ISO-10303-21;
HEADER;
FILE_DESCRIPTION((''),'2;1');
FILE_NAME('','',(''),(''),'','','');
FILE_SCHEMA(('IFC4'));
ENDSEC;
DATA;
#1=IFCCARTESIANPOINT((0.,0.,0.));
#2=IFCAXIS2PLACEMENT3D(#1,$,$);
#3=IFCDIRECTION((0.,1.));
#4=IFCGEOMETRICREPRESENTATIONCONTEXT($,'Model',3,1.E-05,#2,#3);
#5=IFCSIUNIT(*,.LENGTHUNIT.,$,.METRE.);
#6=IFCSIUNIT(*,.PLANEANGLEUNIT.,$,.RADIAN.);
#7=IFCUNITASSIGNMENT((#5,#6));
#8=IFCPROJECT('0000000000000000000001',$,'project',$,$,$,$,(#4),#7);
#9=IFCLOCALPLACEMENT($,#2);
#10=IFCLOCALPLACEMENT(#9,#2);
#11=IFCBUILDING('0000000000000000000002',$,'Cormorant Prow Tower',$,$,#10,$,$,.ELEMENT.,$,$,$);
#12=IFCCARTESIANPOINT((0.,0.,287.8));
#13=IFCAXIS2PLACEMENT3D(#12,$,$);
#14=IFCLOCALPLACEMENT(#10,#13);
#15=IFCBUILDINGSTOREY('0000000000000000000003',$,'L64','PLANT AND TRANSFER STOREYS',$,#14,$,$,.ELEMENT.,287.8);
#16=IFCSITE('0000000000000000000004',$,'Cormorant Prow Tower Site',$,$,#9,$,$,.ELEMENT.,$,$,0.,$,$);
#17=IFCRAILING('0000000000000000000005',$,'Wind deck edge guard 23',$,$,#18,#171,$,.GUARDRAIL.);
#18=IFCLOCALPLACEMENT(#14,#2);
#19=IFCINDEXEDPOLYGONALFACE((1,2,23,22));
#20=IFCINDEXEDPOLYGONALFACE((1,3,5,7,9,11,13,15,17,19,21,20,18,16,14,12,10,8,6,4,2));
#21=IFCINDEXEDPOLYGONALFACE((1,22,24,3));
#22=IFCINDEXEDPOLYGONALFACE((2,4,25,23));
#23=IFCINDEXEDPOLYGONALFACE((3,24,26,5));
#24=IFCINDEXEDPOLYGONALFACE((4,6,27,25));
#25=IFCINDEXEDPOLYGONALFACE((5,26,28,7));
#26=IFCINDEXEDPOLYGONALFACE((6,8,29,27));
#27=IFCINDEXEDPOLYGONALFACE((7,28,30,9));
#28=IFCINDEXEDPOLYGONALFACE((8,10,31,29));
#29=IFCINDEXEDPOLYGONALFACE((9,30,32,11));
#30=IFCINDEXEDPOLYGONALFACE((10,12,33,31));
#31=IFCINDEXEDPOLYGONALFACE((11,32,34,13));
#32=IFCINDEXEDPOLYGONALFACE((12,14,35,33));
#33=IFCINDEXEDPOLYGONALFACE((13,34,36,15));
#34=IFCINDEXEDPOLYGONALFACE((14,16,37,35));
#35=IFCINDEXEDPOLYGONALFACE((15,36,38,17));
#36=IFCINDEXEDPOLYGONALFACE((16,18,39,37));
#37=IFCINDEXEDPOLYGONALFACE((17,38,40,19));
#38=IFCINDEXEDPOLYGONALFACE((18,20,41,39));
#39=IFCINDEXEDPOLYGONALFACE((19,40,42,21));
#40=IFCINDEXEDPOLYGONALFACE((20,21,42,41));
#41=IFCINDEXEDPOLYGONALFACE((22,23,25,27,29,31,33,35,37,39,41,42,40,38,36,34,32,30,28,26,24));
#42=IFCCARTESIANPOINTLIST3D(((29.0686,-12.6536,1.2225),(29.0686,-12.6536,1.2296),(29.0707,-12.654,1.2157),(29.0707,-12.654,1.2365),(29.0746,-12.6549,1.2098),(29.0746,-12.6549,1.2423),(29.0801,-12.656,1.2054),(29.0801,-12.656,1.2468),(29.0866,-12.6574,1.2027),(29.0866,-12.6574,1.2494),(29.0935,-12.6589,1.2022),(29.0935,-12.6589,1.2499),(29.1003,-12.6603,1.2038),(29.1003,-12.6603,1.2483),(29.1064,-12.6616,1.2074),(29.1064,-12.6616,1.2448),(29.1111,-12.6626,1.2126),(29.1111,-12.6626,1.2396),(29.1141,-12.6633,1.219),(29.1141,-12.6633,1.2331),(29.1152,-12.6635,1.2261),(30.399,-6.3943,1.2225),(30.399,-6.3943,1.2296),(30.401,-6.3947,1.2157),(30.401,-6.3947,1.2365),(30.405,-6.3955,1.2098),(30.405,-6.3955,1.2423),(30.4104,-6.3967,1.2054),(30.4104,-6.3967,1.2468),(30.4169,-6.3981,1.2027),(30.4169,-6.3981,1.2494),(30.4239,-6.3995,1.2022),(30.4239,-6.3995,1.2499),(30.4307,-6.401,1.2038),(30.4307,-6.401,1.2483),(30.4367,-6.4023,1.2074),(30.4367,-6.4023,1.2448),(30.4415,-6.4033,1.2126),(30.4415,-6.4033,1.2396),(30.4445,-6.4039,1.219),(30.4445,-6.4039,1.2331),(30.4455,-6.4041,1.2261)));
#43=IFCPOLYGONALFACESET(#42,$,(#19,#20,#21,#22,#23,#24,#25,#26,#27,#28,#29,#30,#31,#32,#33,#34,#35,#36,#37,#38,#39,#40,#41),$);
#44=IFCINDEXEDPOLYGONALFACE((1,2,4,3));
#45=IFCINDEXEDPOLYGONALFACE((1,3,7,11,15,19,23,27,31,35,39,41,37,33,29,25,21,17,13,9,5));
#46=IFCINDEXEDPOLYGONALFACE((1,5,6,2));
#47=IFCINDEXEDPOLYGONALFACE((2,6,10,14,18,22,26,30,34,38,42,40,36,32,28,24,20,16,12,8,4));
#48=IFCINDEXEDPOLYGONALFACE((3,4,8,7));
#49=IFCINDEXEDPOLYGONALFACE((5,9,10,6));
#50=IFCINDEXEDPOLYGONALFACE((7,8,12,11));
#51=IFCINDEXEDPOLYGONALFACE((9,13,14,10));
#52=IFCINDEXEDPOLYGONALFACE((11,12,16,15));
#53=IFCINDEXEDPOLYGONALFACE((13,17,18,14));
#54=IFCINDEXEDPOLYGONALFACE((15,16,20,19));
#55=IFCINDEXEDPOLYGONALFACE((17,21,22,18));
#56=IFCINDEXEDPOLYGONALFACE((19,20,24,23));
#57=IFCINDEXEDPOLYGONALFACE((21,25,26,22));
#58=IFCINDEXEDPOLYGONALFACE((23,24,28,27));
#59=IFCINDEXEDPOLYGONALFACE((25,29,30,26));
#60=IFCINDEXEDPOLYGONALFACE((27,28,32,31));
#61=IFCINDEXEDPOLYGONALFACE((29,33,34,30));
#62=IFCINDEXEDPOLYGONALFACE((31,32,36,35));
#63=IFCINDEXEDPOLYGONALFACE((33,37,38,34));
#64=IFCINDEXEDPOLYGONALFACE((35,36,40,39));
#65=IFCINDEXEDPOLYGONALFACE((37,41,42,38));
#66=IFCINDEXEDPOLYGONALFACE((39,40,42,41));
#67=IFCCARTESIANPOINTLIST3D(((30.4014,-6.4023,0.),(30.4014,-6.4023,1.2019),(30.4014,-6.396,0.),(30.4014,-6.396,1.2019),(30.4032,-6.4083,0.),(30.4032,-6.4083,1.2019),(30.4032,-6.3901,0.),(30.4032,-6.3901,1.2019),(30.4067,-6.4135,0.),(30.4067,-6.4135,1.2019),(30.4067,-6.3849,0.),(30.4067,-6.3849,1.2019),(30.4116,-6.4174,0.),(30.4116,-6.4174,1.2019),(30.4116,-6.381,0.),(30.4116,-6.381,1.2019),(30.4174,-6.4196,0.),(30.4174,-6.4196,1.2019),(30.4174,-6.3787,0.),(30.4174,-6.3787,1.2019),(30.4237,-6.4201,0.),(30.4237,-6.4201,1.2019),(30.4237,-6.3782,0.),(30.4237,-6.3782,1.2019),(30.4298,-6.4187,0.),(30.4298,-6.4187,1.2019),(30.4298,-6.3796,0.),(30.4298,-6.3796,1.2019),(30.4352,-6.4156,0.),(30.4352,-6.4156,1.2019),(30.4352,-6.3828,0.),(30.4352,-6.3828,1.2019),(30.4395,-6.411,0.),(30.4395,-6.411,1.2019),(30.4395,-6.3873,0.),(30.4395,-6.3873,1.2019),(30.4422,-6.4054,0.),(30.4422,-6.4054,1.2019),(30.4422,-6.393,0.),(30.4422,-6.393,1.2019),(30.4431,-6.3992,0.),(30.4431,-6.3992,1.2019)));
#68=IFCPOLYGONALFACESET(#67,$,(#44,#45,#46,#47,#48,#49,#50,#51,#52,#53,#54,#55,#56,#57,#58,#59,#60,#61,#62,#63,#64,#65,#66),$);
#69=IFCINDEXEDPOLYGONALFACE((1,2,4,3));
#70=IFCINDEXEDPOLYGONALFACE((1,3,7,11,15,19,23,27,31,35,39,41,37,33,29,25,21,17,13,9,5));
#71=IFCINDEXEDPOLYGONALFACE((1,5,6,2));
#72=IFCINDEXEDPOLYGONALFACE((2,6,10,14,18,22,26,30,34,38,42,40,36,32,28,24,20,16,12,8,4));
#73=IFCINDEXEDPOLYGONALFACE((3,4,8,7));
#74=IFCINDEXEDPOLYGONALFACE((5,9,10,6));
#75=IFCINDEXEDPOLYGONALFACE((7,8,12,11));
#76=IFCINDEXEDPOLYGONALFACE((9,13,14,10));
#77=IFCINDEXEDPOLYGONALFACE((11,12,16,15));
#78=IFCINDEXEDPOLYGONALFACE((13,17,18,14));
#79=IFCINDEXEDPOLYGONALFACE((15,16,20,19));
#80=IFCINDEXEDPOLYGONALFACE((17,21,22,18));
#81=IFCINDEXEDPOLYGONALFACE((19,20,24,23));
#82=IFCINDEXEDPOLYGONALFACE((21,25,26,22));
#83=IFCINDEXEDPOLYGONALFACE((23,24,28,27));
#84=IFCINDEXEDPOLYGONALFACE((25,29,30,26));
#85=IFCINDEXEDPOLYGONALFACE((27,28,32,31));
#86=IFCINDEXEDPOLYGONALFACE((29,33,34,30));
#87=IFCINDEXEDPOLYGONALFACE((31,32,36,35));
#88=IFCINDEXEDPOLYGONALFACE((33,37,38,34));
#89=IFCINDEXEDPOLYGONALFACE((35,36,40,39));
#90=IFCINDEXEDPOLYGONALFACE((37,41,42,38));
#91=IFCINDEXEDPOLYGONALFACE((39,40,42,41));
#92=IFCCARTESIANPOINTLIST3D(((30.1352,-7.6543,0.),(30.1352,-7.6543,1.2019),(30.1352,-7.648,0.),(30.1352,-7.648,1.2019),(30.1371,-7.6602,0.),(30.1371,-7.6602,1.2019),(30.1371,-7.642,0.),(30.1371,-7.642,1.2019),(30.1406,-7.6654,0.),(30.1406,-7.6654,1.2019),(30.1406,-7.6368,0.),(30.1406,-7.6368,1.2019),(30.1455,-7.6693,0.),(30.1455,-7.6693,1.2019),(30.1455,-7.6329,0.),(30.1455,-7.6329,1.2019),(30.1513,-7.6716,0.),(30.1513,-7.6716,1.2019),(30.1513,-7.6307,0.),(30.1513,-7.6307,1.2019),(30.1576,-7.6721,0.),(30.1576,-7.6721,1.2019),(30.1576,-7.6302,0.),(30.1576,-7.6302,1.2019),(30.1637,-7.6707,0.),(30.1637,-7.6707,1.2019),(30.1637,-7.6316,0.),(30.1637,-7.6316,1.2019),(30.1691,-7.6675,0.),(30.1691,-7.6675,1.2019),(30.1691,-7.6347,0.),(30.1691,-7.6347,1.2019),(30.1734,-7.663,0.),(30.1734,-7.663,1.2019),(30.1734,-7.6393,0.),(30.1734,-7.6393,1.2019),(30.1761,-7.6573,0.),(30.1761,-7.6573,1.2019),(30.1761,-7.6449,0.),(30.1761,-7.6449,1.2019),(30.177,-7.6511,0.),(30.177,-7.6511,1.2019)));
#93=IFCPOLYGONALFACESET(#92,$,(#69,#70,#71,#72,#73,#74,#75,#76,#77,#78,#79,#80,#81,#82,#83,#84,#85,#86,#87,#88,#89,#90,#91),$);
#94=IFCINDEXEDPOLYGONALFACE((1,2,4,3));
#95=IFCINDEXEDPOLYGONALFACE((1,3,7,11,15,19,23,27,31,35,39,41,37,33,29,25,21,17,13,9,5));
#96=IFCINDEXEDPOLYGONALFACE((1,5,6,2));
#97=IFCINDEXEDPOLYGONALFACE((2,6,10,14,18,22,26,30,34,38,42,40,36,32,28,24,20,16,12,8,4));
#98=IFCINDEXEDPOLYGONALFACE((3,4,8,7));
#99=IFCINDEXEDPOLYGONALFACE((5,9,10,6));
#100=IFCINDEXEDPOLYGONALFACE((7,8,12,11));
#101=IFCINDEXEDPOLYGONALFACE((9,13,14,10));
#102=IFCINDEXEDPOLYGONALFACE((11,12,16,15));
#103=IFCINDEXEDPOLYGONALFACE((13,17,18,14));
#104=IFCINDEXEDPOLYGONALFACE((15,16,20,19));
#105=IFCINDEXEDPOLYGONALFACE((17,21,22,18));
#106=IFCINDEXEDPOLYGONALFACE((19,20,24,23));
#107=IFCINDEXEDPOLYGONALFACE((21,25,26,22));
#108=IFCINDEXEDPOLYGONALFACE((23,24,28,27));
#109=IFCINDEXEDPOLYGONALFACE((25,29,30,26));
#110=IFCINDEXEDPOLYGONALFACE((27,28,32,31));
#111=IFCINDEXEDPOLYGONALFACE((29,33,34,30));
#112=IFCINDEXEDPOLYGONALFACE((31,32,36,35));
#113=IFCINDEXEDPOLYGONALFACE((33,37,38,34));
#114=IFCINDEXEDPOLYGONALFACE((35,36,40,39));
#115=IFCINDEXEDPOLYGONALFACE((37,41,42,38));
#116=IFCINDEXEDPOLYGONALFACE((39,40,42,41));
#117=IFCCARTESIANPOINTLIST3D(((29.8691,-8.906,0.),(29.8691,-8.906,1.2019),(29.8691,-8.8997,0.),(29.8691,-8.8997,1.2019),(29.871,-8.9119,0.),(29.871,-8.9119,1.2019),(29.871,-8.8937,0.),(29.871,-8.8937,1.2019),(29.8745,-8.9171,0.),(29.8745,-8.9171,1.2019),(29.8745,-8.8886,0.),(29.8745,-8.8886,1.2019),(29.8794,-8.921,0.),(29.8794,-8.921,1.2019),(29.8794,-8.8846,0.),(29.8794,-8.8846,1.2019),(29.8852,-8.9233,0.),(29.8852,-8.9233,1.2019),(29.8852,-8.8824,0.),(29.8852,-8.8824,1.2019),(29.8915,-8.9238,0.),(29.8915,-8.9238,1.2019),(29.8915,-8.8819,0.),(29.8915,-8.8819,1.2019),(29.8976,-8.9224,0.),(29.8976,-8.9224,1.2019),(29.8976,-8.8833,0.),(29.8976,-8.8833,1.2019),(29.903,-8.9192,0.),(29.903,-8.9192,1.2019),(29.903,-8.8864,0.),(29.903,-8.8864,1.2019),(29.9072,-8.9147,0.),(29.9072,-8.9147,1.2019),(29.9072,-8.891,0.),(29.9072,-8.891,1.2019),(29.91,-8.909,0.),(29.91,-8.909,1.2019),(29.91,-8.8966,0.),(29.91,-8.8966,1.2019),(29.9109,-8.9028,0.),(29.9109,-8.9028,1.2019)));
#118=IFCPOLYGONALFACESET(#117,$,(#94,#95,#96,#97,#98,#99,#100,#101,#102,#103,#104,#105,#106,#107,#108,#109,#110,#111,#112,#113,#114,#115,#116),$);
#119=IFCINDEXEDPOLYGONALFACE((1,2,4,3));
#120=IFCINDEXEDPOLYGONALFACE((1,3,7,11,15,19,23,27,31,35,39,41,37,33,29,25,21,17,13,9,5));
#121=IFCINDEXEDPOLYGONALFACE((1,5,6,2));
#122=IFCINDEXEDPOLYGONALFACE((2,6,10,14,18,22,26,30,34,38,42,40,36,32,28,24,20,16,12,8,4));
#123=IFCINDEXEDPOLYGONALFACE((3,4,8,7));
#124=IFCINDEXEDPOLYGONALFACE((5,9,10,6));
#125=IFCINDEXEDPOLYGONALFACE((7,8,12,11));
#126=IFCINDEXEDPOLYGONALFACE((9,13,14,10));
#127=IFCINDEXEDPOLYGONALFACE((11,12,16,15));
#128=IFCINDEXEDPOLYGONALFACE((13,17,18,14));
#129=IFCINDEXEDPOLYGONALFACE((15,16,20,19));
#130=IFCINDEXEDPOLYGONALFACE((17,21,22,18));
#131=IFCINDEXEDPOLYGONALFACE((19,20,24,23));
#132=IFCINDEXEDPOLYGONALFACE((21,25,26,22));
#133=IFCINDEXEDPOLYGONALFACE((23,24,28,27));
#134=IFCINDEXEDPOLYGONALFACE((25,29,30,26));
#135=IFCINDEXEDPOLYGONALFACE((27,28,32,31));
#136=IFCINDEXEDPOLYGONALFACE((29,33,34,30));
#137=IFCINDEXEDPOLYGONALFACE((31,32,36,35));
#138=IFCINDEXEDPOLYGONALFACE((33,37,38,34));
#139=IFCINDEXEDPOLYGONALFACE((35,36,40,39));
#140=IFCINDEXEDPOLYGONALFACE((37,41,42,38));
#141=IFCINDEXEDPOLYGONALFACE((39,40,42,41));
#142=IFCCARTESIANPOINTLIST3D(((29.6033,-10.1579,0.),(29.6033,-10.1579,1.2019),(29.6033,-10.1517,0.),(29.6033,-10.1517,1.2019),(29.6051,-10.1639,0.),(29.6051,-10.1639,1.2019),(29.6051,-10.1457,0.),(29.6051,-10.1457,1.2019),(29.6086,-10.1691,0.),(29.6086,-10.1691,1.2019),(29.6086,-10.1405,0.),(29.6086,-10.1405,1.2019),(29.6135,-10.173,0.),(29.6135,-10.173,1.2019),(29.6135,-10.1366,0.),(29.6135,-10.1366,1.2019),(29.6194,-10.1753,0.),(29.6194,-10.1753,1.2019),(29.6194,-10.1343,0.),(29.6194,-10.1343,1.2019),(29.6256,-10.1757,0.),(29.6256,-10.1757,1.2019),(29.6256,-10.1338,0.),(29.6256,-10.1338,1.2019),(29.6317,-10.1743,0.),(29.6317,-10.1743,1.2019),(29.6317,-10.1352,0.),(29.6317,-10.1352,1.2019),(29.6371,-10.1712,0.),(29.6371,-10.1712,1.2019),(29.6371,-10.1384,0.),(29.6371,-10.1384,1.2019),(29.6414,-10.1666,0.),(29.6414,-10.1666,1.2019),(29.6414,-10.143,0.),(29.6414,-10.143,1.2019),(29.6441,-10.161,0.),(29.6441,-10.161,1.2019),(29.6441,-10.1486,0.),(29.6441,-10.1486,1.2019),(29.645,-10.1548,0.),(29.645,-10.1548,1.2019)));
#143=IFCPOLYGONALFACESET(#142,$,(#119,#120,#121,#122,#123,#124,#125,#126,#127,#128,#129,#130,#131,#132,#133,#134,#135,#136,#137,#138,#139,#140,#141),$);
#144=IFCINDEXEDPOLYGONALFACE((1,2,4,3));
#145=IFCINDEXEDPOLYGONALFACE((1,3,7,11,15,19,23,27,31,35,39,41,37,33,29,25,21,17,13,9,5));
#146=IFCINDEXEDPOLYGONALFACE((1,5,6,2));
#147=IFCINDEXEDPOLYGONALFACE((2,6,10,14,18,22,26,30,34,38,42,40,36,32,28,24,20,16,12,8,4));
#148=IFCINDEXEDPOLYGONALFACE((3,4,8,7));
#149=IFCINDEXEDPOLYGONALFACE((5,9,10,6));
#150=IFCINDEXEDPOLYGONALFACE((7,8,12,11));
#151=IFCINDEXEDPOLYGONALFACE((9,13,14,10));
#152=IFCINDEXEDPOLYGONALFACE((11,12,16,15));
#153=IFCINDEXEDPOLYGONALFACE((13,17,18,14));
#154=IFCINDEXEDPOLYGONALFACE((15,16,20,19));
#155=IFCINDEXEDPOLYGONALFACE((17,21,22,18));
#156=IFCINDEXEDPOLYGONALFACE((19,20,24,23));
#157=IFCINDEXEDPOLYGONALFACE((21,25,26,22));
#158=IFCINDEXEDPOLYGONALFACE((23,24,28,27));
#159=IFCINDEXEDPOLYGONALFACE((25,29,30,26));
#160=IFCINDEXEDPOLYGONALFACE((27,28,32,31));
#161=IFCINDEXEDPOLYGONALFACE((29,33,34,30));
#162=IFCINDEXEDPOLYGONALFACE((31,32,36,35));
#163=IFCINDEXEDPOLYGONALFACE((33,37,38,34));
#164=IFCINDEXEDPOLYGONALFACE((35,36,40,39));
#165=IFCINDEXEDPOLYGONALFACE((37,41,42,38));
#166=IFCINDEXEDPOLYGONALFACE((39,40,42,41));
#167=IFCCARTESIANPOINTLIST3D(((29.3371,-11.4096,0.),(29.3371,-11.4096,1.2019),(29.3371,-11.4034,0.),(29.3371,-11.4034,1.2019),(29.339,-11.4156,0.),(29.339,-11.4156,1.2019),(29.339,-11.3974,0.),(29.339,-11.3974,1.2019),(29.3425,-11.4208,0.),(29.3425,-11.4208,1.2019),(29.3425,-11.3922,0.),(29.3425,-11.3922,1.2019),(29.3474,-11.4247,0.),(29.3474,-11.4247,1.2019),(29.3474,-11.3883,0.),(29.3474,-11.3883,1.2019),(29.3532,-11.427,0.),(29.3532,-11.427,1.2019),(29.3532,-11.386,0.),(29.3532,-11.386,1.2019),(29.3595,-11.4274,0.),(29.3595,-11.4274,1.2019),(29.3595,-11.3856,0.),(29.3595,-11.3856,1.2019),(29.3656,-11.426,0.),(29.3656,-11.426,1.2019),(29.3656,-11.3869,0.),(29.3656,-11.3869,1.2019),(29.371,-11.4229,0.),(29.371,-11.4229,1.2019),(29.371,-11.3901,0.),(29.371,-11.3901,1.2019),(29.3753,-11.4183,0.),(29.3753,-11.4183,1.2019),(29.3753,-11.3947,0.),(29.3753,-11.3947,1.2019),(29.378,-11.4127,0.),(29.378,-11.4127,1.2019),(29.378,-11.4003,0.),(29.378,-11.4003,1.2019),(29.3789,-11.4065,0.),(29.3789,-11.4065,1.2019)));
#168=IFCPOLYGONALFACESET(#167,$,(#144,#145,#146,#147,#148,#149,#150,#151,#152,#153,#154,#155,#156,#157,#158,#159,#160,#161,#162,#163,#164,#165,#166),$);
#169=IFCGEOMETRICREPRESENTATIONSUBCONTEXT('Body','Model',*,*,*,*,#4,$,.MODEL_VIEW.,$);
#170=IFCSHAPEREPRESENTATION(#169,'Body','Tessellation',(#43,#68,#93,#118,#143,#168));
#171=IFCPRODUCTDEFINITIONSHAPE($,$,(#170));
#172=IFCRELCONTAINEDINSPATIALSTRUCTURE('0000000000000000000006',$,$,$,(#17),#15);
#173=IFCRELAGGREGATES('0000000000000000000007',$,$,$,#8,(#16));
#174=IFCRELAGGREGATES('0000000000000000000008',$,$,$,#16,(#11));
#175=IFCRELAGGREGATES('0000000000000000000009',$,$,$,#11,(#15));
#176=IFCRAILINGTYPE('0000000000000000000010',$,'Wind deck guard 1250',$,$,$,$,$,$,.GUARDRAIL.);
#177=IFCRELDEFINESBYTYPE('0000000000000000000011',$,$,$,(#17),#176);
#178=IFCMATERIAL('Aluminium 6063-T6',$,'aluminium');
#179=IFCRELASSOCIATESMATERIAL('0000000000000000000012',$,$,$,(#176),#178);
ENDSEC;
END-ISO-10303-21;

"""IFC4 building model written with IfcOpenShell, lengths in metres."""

from ifc_helpers import new_model, si_unit, direction, frame, origin, origin_2d, place, context, subcontext, project, spatial, circle, extrude, material, type_object, element, save


model = new_model("IFC4")

# Units and contexts
model_context = context("Model", 3, precision=1e-05, world=origin(), true_north=direction((0.0, 1.0)))
body_context = subcontext(model_context, "Body", "Model", "MODEL_VIEW")
ifc_project = project(units=[si_unit("LENGTHUNIT", "METRE"), si_unit("PLANEANGLEUNIT", "RADIAN")], contexts=[model_context])

# Site, building, storey
site_placement = place(None, origin())
site = spatial("IfcSite", under=ifc_project, at=site_placement, Name="Cormorant Prow Tower Site", CompositionType="ELEMENT", RefElevation=0.0)
building_placement = place(site_placement, origin())
building = spatial("IfcBuilding", under=site, at=building_placement, Name="Cormorant Prow Tower", CompositionType="ELEMENT")
storey_placement = place(building_placement, frame((0.0, 0.0, 287.8)))
storey = spatial("IfcBuildingStorey", under=building, at=storey_placement, Name="L64", Description="PLANT AND TRANSFER STOREYS", CompositionType="ELEMENT", Elevation=287.8)

# Railing
ifc_material_1 = material(Name="Aluminium 6063-T6", Category="aluminium")
railing_type = type_object("IfcRailingType", Name="Wind deck guard 1250", PredefinedType="GUARDRAIL", material=ifc_material_1)
railing_1_placement = place(storey_placement, frame((30.4221, -6.3992, 0.0)))
element("IfcRailing", 1, at=railing_1_placement, inside=storey, type_object=railing_type, Name="Wind deck edge guard 23", PredefinedType="GUARDRAIL", context=body_context, shape_type="SweptSolid", body=[
    extrude(circle(Radius=0.0239, at=origin_2d()), frame((0.0, 0.0, 1.2261), z_axis=(-0.207893, -0.978152, 0.0), x_axis=(0.978152, -0.207893, 0.0)), (0.0, 0.0, 1.0), 6.3992),
    extrude(circle(Radius=0.021, at=origin_2d()), origin(), (0.0, 0.0, 1.0), 1.2019),
    extrude(circle(Radius=0.021, at=origin_2d()), frame((-0.2661, -1.252, 0.0)), (0.0, 0.0, 1.0), 1.2019),
    extrude(circle(Radius=0.021, at=origin_2d()), frame((-0.5322, -2.5037, 0.0)), (0.0, 0.0, 1.0), 1.2019),
    extrude(circle(Radius=0.021, at=origin_2d()), frame((-0.7981, -3.7556, 0.0)), (0.0, 0.0, 1.0), 1.2019),
    extrude(circle(Radius=0.021, at=origin_2d()), frame((-1.0642, -5.0073, 0.0)), (0.0, 0.0, 1.0), 1.2019),
])

save(model, "model.ifc")
